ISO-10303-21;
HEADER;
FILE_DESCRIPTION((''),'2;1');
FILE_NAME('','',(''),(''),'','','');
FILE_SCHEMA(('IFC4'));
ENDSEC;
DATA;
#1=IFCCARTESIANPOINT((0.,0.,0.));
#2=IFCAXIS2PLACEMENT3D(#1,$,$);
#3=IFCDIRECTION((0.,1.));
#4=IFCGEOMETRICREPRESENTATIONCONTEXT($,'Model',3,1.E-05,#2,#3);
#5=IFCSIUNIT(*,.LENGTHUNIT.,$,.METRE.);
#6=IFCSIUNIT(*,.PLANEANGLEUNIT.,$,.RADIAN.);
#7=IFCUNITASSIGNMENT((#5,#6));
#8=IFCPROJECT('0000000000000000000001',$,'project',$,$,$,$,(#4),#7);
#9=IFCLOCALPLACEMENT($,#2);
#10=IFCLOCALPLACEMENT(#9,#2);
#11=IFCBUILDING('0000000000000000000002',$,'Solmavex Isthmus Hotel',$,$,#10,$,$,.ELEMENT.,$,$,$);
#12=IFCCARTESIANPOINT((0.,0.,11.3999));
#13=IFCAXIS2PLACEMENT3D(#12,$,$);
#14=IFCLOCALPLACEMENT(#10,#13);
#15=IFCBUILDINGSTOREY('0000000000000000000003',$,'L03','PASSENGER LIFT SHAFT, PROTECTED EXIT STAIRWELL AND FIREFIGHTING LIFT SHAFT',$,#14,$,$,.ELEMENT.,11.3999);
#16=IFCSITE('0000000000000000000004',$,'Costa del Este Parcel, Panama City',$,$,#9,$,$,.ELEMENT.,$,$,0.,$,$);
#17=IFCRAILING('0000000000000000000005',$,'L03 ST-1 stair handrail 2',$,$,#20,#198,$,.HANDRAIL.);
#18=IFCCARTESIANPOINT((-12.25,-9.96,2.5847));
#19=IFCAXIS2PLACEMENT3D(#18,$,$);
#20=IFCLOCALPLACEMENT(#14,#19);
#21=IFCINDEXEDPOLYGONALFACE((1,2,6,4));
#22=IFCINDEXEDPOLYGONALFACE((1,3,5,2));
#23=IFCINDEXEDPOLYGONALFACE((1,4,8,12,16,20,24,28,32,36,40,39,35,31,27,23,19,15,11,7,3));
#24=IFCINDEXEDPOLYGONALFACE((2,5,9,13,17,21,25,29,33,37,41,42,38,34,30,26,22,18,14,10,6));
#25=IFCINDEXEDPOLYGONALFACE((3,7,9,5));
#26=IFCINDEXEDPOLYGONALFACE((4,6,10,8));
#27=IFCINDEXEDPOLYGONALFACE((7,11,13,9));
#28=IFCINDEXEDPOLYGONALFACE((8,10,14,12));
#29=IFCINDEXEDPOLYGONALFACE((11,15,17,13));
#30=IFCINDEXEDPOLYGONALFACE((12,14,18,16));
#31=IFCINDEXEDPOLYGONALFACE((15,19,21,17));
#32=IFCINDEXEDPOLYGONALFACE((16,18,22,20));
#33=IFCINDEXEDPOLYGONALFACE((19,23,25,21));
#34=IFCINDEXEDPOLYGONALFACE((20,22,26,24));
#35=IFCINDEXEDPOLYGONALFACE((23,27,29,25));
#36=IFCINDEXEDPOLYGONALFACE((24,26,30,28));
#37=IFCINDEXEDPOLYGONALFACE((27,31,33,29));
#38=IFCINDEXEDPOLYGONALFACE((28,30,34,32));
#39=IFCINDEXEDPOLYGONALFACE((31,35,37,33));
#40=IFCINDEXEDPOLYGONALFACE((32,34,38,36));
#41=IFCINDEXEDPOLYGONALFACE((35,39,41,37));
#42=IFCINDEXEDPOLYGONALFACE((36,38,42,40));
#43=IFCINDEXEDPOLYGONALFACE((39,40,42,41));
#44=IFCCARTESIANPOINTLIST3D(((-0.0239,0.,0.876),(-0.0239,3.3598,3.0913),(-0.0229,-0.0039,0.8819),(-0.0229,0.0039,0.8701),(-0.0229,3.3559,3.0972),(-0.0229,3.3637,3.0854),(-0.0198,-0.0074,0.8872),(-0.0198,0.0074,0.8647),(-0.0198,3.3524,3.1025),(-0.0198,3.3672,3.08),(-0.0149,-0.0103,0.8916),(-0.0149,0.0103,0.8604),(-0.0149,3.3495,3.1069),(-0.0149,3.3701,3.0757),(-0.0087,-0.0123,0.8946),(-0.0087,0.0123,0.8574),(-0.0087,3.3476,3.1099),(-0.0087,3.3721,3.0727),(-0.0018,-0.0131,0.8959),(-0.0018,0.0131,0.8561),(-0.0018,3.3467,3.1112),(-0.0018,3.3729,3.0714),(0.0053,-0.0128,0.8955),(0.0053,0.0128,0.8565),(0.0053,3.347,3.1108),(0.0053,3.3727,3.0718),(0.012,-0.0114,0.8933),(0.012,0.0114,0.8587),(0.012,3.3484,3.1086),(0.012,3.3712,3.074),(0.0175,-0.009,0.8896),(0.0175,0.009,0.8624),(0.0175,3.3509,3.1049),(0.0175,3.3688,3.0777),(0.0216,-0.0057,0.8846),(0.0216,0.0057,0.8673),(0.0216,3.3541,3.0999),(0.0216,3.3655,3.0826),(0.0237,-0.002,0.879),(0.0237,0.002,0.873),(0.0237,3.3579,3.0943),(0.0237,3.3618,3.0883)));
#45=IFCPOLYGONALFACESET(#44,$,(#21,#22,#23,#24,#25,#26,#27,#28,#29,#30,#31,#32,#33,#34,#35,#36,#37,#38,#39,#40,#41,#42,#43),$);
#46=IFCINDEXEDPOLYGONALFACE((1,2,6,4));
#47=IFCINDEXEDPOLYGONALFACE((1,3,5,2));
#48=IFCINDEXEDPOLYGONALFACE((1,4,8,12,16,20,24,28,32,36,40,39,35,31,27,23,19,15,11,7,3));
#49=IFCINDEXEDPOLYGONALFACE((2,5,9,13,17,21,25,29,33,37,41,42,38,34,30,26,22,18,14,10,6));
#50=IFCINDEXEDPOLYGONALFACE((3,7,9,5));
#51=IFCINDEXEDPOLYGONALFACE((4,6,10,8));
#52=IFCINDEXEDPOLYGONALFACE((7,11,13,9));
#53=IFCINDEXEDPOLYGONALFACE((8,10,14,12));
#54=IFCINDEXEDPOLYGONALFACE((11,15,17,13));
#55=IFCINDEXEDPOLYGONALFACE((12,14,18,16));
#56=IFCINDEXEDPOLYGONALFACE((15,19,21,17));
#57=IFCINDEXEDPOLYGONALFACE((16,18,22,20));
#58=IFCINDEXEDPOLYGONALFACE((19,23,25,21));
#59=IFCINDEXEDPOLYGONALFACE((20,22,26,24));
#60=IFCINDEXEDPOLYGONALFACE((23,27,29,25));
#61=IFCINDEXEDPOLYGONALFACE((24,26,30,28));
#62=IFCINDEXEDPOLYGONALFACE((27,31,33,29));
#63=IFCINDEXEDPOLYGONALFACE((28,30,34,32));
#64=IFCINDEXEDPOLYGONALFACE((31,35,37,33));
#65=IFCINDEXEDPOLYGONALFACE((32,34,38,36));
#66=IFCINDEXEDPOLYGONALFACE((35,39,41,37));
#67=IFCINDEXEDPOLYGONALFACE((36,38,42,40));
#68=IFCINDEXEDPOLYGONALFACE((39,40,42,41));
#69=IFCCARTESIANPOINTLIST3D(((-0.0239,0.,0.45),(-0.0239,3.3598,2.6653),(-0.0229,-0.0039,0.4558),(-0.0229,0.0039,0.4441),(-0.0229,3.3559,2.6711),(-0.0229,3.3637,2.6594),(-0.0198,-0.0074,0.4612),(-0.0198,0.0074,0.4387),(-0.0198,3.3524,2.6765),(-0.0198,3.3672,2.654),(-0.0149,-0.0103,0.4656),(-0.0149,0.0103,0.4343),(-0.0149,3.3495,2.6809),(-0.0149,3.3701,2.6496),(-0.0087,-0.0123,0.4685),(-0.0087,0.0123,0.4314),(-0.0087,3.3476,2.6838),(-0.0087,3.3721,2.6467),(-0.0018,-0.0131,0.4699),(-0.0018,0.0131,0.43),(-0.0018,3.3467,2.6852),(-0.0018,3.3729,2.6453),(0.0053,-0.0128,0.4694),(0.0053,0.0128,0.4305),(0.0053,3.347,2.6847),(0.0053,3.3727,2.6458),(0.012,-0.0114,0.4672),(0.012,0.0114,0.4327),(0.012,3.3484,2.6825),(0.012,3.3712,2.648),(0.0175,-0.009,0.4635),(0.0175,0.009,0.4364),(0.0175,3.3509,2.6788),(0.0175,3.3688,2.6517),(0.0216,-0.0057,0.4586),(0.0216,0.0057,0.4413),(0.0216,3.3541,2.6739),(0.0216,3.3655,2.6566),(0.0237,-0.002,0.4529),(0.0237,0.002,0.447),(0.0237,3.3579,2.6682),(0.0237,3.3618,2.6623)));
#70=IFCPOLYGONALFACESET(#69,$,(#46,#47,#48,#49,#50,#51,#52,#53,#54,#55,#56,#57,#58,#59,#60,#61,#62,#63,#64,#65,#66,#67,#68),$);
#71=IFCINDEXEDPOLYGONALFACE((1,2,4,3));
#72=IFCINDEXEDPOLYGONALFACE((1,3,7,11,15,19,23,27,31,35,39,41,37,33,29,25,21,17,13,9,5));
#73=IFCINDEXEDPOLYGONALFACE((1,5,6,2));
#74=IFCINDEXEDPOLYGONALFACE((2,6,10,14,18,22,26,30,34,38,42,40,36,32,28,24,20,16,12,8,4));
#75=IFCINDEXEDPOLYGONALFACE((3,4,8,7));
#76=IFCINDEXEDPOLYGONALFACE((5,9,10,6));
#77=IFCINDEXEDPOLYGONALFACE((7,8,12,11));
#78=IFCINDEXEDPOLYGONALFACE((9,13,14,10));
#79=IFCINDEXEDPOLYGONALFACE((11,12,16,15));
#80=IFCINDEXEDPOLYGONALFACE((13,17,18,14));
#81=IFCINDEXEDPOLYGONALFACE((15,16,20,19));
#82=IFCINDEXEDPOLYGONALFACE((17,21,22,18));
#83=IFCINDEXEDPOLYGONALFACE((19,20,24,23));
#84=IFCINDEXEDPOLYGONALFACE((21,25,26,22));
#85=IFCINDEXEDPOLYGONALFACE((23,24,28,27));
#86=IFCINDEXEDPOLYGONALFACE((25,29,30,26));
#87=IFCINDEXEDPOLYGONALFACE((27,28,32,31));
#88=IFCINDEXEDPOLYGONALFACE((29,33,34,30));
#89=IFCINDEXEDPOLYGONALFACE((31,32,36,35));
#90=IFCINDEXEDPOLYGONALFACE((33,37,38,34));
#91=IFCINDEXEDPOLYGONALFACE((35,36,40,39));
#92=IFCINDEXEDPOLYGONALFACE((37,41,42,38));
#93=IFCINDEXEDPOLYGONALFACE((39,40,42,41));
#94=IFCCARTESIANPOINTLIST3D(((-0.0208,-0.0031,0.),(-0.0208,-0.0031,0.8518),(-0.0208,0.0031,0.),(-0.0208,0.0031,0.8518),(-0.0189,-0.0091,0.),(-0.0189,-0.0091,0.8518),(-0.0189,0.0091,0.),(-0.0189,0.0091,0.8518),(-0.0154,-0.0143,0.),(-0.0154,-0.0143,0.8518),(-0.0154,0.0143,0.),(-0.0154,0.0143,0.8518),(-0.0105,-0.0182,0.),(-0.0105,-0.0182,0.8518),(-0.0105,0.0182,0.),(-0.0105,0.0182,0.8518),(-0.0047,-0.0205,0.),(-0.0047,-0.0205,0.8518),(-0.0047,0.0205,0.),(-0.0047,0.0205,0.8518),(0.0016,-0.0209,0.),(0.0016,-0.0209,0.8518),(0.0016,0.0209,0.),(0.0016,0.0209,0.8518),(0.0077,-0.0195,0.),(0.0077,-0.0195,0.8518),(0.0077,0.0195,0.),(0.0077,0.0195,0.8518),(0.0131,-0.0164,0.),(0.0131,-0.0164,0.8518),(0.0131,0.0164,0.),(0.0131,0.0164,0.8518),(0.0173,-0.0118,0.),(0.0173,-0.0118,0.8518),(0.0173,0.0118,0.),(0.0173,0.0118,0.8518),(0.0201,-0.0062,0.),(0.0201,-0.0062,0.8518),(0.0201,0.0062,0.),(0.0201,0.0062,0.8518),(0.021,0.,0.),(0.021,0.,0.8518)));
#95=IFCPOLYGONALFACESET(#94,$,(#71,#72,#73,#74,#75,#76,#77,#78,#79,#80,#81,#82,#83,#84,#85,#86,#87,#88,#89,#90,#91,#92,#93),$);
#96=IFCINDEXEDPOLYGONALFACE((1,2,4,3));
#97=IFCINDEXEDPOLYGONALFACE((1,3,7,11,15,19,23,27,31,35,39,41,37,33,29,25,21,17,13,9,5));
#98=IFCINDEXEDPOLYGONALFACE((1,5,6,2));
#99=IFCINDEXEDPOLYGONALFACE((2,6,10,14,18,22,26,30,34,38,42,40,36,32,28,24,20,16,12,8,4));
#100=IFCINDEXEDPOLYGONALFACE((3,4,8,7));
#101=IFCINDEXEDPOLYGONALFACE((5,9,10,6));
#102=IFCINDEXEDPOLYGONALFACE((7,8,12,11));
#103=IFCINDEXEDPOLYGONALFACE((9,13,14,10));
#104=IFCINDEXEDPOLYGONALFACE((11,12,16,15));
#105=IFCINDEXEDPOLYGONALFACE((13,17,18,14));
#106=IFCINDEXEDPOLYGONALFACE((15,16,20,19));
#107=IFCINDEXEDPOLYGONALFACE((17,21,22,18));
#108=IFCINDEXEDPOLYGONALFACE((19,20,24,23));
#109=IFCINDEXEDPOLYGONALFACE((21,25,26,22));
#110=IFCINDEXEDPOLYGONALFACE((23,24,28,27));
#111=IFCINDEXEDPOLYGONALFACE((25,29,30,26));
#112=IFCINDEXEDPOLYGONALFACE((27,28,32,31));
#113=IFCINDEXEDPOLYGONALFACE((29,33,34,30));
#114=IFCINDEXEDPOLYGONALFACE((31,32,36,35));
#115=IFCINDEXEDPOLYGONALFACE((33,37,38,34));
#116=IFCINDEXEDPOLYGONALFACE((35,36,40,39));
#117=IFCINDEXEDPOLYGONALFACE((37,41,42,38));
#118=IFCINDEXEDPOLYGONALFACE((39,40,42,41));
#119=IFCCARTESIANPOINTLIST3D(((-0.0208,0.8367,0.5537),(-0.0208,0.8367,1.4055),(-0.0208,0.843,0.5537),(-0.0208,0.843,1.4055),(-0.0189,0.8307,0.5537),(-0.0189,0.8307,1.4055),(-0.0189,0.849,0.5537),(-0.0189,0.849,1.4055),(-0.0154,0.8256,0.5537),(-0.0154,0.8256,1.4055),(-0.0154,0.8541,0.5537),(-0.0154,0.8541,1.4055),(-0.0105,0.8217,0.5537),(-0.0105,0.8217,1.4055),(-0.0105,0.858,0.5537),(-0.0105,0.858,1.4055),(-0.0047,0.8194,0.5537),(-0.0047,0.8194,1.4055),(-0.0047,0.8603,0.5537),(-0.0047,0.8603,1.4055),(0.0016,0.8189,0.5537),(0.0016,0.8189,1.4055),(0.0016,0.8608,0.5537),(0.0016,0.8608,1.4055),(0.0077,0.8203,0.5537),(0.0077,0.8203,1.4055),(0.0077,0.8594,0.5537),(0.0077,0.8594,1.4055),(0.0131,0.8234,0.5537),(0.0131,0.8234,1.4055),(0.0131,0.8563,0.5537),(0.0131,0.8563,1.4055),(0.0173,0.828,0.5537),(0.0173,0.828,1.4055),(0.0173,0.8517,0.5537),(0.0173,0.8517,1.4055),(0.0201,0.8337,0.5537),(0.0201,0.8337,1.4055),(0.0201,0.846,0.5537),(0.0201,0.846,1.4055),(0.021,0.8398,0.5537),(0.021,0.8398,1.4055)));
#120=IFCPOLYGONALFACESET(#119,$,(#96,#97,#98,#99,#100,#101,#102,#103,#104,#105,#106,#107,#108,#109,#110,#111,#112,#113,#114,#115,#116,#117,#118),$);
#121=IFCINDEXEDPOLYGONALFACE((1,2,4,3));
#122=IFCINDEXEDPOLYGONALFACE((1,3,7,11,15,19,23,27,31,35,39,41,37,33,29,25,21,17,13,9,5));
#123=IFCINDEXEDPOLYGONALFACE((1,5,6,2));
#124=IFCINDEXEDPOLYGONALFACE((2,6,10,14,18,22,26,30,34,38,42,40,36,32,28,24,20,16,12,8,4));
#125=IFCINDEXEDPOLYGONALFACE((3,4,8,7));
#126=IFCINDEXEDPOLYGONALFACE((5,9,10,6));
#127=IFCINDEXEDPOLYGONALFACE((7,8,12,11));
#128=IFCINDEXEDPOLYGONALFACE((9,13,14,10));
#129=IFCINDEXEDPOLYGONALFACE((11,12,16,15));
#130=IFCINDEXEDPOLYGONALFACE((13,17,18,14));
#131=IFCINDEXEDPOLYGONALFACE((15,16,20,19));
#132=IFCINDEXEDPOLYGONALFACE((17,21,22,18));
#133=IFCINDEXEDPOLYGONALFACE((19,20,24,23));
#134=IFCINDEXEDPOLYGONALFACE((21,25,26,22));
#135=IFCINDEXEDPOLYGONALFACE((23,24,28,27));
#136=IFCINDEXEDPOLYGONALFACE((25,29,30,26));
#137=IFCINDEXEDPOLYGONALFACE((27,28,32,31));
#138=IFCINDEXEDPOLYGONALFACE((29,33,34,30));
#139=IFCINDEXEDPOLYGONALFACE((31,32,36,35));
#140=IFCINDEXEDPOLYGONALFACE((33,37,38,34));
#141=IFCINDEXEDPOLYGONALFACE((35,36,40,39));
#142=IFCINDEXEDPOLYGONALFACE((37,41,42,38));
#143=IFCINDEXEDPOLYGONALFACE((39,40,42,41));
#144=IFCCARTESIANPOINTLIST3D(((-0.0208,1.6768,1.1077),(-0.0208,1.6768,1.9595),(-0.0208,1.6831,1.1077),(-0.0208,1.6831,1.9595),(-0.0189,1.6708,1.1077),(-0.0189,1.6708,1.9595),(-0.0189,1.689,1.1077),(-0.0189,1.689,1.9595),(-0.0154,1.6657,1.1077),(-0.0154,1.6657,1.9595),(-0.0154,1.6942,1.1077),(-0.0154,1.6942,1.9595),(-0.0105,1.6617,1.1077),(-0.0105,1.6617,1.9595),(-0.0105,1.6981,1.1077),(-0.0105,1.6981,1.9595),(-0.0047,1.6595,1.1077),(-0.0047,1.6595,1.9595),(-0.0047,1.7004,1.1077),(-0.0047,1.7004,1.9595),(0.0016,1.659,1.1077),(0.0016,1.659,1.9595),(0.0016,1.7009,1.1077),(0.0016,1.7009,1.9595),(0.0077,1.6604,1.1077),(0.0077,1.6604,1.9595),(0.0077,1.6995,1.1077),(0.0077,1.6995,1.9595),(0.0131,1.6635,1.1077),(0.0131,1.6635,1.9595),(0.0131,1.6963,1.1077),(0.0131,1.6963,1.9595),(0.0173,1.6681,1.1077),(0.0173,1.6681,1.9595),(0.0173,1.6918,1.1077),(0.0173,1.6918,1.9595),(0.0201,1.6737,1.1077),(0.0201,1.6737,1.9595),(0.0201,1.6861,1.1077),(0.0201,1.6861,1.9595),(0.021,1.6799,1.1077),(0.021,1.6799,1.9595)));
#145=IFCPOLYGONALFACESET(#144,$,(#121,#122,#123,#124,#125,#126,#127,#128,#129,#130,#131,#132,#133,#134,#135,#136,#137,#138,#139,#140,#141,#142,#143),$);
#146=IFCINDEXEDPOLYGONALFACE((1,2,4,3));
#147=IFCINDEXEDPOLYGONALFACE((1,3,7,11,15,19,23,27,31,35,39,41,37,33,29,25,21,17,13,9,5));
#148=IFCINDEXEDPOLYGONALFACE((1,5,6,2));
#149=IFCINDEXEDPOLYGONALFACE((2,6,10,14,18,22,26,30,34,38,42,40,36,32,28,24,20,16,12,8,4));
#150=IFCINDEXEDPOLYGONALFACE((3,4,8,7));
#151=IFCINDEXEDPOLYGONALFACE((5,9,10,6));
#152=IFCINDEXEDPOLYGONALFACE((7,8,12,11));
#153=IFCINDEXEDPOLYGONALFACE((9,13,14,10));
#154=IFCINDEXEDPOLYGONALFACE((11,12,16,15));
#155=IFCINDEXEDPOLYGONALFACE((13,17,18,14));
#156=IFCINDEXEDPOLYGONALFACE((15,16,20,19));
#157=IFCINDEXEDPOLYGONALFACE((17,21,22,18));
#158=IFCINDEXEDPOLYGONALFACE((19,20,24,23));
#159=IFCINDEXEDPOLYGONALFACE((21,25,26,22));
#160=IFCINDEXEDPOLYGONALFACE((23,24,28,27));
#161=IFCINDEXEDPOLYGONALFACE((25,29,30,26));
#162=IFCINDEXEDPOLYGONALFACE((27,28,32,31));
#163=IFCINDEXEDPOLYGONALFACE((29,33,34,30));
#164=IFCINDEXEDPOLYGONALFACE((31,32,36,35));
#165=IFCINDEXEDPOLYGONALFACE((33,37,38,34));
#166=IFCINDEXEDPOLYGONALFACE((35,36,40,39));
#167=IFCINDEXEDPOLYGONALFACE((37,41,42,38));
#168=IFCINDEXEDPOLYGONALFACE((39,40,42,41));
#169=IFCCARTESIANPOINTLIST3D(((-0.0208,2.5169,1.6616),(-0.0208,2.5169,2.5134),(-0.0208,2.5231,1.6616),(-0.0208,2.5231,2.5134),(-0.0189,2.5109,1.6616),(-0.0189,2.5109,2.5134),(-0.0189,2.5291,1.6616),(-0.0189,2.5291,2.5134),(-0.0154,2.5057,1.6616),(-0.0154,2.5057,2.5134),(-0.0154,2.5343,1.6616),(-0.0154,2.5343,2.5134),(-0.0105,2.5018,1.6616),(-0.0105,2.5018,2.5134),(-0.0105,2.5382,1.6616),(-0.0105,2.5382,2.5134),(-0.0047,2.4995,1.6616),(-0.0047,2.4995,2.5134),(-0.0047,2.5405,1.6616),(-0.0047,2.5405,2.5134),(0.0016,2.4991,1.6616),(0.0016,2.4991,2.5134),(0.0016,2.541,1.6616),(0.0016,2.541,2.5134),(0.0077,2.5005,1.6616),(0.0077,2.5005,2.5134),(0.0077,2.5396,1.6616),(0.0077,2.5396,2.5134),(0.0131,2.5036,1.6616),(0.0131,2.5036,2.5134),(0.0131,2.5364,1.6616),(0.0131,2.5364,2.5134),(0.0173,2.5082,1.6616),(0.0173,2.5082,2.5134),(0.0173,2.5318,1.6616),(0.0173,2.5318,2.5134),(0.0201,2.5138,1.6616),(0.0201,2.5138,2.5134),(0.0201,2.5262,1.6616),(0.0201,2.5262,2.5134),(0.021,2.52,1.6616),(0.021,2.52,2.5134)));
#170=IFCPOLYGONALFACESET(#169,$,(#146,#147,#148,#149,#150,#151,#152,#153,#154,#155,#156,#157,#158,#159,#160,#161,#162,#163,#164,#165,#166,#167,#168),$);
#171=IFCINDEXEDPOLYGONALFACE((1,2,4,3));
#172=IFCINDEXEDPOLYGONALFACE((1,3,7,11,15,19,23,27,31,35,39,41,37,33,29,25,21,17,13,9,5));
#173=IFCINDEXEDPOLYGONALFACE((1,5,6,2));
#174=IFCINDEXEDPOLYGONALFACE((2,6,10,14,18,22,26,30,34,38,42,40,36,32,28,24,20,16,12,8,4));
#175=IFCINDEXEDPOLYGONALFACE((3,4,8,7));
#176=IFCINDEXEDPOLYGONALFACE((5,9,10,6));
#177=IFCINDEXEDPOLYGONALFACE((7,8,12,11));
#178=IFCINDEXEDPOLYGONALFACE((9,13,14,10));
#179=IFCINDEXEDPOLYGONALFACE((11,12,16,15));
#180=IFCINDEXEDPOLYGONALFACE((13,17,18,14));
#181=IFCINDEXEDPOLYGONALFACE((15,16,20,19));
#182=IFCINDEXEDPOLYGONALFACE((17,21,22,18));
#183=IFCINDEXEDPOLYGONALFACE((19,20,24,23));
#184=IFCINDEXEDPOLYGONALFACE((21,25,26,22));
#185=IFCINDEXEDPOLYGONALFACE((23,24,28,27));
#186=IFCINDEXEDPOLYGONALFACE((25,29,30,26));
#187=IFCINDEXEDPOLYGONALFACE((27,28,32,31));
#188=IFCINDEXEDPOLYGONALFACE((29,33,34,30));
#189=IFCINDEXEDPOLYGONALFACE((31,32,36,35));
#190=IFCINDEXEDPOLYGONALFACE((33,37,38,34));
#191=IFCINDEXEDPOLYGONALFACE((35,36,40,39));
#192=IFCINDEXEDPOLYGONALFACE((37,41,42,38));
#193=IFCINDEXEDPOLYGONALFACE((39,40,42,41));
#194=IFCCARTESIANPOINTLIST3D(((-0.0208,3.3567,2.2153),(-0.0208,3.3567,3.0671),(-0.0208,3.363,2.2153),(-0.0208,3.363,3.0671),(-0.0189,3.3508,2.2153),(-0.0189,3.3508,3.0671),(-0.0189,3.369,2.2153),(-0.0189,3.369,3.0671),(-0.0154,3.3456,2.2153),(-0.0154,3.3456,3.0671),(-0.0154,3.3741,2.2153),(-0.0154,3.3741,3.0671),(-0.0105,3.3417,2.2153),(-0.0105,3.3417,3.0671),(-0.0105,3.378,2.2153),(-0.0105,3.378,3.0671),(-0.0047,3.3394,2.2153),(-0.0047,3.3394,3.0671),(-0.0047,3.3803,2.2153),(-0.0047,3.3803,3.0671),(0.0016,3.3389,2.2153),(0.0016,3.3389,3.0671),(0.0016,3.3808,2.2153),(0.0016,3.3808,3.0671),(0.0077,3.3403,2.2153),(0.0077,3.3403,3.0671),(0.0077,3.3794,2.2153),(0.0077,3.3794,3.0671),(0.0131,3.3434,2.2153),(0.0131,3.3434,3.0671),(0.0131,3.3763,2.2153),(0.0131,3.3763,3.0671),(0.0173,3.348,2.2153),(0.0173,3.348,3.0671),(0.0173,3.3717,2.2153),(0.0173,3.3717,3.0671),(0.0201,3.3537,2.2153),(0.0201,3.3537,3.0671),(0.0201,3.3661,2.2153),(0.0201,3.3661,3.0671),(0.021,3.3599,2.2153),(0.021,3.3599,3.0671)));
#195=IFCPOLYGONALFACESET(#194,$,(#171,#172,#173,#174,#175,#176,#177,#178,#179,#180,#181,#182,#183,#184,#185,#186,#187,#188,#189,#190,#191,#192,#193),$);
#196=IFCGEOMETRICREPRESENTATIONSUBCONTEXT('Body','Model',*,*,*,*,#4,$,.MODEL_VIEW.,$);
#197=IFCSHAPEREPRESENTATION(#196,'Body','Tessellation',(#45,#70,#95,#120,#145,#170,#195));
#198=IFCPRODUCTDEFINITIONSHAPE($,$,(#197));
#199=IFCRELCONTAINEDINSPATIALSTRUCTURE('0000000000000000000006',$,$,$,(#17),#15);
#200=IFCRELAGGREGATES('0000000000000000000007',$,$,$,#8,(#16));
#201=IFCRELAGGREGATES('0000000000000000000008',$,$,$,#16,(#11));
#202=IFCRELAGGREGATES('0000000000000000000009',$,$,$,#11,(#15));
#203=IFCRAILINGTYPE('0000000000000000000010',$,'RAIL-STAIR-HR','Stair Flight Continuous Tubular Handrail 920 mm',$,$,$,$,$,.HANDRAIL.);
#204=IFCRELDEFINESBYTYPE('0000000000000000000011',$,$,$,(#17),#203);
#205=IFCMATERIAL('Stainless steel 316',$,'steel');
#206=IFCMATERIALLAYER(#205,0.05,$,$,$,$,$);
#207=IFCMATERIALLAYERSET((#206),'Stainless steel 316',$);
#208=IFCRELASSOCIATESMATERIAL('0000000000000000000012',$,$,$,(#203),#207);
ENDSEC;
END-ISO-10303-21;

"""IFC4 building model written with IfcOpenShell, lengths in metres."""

from ifc_helpers import new_model, si_unit, direction, frame, origin, origin_2d, place, context, subcontext, project, spatial, circle, extrude, material, layer, layer_set, type_object, element, save


model = new_model("IFC4")

# Units and contexts
model_context = context("Model", 3, precision=1e-05, world=origin(), true_north=direction((0.0, 1.0)))
body_context = subcontext(model_context, "Body", "Model", "MODEL_VIEW")
ifc_project = project(units=[si_unit("LENGTHUNIT", "METRE"), si_unit("PLANEANGLEUNIT", "RADIAN")], contexts=[model_context])

# Site, building, storey
site_placement = place(None, origin())
site = spatial("IfcSite", under=ifc_project, at=site_placement, Name="Costa del Este Parcel, Panama City", CompositionType="ELEMENT", RefElevation=0.0)
building_placement = place(site_placement, origin())
building = spatial("IfcBuilding", under=site, at=building_placement, Name="Solmavex Isthmus Hotel", CompositionType="ELEMENT")
storey_placement = place(building_placement, frame((0.0, 0.0, 11.3999)))
storey = spatial("IfcBuildingStorey", under=building, at=storey_placement, Name="L03", Description="PASSENGER LIFT SHAFT, PROTECTED EXIT STAIRWELL AND FIREFIGHTING LIFT SHAFT", CompositionType="ELEMENT", Elevation=11.3999)

# Shared definitions
ifc_material_1 = material(Name="Stainless steel 316", Category="steel")

# Railing
ifc_layer_1 = layer(ifc_material_1, 0.05)
ifc_layer_set_1 = layer_set([ifc_layer_1], Name="Stainless steel 316")
railing_type_1 = type_object("IfcRailingType", Name="RAIL-STAIR-HR", Description="Stair Flight Continuous Tubular Handrail 920 mm", PredefinedType="HANDRAIL", material=ifc_layer_set_1)
railing_1_placement = place(storey_placement, frame((-12.25, -9.96, 2.5847)))
element("IfcRailing", 1, at=railing_1_placement, inside=storey, type_object=railing_type_1, Name="L03 ST-1 stair handrail 2", PredefinedType="HANDRAIL", context=body_context, shape_type="SweptSolid", body=[
    extrude(circle(Radius=0.0239, at=origin_2d()), frame((0.0, 0.0, 0.876), z_axis=(0.0, 0.834858, 0.550465), x_axis=(-1.0, 0.0, 0.0)), (0.0, 0.0, 1.0), 4.0244),
    extrude(circle(Radius=0.0239, at=origin_2d()), frame((0.0, 0.0, 0.45), z_axis=(0.0, 0.834858, 0.550465), x_axis=(-1.0, 0.0, 0.0)), (0.0, 0.0, 1.0), 4.0244),
    extrude(circle(Radius=0.021, at=origin_2d()), origin(), (0.0, 0.0, 1.0), 0.8518),
    extrude(circle(Radius=0.021, at=origin_2d()), frame((0.0, 0.8398, 0.5537)), (0.0, 0.0, 1.0), 0.8518),
    extrude(circle(Radius=0.021, at=origin_2d()), frame((0.0, 1.6799, 1.1077)), (0.0, 0.0, 1.0), 0.8518),
    extrude(circle(Radius=0.021, at=origin_2d()), frame((0.0, 2.52, 1.6616)), (0.0, 0.0, 1.0), 0.8518),
    extrude(circle(Radius=0.021, at=origin_2d()), frame((0.0, 3.3599, 2.2153)), (0.0, 0.0, 1.0), 0.8518),
])

save(model, "model.ifc")
